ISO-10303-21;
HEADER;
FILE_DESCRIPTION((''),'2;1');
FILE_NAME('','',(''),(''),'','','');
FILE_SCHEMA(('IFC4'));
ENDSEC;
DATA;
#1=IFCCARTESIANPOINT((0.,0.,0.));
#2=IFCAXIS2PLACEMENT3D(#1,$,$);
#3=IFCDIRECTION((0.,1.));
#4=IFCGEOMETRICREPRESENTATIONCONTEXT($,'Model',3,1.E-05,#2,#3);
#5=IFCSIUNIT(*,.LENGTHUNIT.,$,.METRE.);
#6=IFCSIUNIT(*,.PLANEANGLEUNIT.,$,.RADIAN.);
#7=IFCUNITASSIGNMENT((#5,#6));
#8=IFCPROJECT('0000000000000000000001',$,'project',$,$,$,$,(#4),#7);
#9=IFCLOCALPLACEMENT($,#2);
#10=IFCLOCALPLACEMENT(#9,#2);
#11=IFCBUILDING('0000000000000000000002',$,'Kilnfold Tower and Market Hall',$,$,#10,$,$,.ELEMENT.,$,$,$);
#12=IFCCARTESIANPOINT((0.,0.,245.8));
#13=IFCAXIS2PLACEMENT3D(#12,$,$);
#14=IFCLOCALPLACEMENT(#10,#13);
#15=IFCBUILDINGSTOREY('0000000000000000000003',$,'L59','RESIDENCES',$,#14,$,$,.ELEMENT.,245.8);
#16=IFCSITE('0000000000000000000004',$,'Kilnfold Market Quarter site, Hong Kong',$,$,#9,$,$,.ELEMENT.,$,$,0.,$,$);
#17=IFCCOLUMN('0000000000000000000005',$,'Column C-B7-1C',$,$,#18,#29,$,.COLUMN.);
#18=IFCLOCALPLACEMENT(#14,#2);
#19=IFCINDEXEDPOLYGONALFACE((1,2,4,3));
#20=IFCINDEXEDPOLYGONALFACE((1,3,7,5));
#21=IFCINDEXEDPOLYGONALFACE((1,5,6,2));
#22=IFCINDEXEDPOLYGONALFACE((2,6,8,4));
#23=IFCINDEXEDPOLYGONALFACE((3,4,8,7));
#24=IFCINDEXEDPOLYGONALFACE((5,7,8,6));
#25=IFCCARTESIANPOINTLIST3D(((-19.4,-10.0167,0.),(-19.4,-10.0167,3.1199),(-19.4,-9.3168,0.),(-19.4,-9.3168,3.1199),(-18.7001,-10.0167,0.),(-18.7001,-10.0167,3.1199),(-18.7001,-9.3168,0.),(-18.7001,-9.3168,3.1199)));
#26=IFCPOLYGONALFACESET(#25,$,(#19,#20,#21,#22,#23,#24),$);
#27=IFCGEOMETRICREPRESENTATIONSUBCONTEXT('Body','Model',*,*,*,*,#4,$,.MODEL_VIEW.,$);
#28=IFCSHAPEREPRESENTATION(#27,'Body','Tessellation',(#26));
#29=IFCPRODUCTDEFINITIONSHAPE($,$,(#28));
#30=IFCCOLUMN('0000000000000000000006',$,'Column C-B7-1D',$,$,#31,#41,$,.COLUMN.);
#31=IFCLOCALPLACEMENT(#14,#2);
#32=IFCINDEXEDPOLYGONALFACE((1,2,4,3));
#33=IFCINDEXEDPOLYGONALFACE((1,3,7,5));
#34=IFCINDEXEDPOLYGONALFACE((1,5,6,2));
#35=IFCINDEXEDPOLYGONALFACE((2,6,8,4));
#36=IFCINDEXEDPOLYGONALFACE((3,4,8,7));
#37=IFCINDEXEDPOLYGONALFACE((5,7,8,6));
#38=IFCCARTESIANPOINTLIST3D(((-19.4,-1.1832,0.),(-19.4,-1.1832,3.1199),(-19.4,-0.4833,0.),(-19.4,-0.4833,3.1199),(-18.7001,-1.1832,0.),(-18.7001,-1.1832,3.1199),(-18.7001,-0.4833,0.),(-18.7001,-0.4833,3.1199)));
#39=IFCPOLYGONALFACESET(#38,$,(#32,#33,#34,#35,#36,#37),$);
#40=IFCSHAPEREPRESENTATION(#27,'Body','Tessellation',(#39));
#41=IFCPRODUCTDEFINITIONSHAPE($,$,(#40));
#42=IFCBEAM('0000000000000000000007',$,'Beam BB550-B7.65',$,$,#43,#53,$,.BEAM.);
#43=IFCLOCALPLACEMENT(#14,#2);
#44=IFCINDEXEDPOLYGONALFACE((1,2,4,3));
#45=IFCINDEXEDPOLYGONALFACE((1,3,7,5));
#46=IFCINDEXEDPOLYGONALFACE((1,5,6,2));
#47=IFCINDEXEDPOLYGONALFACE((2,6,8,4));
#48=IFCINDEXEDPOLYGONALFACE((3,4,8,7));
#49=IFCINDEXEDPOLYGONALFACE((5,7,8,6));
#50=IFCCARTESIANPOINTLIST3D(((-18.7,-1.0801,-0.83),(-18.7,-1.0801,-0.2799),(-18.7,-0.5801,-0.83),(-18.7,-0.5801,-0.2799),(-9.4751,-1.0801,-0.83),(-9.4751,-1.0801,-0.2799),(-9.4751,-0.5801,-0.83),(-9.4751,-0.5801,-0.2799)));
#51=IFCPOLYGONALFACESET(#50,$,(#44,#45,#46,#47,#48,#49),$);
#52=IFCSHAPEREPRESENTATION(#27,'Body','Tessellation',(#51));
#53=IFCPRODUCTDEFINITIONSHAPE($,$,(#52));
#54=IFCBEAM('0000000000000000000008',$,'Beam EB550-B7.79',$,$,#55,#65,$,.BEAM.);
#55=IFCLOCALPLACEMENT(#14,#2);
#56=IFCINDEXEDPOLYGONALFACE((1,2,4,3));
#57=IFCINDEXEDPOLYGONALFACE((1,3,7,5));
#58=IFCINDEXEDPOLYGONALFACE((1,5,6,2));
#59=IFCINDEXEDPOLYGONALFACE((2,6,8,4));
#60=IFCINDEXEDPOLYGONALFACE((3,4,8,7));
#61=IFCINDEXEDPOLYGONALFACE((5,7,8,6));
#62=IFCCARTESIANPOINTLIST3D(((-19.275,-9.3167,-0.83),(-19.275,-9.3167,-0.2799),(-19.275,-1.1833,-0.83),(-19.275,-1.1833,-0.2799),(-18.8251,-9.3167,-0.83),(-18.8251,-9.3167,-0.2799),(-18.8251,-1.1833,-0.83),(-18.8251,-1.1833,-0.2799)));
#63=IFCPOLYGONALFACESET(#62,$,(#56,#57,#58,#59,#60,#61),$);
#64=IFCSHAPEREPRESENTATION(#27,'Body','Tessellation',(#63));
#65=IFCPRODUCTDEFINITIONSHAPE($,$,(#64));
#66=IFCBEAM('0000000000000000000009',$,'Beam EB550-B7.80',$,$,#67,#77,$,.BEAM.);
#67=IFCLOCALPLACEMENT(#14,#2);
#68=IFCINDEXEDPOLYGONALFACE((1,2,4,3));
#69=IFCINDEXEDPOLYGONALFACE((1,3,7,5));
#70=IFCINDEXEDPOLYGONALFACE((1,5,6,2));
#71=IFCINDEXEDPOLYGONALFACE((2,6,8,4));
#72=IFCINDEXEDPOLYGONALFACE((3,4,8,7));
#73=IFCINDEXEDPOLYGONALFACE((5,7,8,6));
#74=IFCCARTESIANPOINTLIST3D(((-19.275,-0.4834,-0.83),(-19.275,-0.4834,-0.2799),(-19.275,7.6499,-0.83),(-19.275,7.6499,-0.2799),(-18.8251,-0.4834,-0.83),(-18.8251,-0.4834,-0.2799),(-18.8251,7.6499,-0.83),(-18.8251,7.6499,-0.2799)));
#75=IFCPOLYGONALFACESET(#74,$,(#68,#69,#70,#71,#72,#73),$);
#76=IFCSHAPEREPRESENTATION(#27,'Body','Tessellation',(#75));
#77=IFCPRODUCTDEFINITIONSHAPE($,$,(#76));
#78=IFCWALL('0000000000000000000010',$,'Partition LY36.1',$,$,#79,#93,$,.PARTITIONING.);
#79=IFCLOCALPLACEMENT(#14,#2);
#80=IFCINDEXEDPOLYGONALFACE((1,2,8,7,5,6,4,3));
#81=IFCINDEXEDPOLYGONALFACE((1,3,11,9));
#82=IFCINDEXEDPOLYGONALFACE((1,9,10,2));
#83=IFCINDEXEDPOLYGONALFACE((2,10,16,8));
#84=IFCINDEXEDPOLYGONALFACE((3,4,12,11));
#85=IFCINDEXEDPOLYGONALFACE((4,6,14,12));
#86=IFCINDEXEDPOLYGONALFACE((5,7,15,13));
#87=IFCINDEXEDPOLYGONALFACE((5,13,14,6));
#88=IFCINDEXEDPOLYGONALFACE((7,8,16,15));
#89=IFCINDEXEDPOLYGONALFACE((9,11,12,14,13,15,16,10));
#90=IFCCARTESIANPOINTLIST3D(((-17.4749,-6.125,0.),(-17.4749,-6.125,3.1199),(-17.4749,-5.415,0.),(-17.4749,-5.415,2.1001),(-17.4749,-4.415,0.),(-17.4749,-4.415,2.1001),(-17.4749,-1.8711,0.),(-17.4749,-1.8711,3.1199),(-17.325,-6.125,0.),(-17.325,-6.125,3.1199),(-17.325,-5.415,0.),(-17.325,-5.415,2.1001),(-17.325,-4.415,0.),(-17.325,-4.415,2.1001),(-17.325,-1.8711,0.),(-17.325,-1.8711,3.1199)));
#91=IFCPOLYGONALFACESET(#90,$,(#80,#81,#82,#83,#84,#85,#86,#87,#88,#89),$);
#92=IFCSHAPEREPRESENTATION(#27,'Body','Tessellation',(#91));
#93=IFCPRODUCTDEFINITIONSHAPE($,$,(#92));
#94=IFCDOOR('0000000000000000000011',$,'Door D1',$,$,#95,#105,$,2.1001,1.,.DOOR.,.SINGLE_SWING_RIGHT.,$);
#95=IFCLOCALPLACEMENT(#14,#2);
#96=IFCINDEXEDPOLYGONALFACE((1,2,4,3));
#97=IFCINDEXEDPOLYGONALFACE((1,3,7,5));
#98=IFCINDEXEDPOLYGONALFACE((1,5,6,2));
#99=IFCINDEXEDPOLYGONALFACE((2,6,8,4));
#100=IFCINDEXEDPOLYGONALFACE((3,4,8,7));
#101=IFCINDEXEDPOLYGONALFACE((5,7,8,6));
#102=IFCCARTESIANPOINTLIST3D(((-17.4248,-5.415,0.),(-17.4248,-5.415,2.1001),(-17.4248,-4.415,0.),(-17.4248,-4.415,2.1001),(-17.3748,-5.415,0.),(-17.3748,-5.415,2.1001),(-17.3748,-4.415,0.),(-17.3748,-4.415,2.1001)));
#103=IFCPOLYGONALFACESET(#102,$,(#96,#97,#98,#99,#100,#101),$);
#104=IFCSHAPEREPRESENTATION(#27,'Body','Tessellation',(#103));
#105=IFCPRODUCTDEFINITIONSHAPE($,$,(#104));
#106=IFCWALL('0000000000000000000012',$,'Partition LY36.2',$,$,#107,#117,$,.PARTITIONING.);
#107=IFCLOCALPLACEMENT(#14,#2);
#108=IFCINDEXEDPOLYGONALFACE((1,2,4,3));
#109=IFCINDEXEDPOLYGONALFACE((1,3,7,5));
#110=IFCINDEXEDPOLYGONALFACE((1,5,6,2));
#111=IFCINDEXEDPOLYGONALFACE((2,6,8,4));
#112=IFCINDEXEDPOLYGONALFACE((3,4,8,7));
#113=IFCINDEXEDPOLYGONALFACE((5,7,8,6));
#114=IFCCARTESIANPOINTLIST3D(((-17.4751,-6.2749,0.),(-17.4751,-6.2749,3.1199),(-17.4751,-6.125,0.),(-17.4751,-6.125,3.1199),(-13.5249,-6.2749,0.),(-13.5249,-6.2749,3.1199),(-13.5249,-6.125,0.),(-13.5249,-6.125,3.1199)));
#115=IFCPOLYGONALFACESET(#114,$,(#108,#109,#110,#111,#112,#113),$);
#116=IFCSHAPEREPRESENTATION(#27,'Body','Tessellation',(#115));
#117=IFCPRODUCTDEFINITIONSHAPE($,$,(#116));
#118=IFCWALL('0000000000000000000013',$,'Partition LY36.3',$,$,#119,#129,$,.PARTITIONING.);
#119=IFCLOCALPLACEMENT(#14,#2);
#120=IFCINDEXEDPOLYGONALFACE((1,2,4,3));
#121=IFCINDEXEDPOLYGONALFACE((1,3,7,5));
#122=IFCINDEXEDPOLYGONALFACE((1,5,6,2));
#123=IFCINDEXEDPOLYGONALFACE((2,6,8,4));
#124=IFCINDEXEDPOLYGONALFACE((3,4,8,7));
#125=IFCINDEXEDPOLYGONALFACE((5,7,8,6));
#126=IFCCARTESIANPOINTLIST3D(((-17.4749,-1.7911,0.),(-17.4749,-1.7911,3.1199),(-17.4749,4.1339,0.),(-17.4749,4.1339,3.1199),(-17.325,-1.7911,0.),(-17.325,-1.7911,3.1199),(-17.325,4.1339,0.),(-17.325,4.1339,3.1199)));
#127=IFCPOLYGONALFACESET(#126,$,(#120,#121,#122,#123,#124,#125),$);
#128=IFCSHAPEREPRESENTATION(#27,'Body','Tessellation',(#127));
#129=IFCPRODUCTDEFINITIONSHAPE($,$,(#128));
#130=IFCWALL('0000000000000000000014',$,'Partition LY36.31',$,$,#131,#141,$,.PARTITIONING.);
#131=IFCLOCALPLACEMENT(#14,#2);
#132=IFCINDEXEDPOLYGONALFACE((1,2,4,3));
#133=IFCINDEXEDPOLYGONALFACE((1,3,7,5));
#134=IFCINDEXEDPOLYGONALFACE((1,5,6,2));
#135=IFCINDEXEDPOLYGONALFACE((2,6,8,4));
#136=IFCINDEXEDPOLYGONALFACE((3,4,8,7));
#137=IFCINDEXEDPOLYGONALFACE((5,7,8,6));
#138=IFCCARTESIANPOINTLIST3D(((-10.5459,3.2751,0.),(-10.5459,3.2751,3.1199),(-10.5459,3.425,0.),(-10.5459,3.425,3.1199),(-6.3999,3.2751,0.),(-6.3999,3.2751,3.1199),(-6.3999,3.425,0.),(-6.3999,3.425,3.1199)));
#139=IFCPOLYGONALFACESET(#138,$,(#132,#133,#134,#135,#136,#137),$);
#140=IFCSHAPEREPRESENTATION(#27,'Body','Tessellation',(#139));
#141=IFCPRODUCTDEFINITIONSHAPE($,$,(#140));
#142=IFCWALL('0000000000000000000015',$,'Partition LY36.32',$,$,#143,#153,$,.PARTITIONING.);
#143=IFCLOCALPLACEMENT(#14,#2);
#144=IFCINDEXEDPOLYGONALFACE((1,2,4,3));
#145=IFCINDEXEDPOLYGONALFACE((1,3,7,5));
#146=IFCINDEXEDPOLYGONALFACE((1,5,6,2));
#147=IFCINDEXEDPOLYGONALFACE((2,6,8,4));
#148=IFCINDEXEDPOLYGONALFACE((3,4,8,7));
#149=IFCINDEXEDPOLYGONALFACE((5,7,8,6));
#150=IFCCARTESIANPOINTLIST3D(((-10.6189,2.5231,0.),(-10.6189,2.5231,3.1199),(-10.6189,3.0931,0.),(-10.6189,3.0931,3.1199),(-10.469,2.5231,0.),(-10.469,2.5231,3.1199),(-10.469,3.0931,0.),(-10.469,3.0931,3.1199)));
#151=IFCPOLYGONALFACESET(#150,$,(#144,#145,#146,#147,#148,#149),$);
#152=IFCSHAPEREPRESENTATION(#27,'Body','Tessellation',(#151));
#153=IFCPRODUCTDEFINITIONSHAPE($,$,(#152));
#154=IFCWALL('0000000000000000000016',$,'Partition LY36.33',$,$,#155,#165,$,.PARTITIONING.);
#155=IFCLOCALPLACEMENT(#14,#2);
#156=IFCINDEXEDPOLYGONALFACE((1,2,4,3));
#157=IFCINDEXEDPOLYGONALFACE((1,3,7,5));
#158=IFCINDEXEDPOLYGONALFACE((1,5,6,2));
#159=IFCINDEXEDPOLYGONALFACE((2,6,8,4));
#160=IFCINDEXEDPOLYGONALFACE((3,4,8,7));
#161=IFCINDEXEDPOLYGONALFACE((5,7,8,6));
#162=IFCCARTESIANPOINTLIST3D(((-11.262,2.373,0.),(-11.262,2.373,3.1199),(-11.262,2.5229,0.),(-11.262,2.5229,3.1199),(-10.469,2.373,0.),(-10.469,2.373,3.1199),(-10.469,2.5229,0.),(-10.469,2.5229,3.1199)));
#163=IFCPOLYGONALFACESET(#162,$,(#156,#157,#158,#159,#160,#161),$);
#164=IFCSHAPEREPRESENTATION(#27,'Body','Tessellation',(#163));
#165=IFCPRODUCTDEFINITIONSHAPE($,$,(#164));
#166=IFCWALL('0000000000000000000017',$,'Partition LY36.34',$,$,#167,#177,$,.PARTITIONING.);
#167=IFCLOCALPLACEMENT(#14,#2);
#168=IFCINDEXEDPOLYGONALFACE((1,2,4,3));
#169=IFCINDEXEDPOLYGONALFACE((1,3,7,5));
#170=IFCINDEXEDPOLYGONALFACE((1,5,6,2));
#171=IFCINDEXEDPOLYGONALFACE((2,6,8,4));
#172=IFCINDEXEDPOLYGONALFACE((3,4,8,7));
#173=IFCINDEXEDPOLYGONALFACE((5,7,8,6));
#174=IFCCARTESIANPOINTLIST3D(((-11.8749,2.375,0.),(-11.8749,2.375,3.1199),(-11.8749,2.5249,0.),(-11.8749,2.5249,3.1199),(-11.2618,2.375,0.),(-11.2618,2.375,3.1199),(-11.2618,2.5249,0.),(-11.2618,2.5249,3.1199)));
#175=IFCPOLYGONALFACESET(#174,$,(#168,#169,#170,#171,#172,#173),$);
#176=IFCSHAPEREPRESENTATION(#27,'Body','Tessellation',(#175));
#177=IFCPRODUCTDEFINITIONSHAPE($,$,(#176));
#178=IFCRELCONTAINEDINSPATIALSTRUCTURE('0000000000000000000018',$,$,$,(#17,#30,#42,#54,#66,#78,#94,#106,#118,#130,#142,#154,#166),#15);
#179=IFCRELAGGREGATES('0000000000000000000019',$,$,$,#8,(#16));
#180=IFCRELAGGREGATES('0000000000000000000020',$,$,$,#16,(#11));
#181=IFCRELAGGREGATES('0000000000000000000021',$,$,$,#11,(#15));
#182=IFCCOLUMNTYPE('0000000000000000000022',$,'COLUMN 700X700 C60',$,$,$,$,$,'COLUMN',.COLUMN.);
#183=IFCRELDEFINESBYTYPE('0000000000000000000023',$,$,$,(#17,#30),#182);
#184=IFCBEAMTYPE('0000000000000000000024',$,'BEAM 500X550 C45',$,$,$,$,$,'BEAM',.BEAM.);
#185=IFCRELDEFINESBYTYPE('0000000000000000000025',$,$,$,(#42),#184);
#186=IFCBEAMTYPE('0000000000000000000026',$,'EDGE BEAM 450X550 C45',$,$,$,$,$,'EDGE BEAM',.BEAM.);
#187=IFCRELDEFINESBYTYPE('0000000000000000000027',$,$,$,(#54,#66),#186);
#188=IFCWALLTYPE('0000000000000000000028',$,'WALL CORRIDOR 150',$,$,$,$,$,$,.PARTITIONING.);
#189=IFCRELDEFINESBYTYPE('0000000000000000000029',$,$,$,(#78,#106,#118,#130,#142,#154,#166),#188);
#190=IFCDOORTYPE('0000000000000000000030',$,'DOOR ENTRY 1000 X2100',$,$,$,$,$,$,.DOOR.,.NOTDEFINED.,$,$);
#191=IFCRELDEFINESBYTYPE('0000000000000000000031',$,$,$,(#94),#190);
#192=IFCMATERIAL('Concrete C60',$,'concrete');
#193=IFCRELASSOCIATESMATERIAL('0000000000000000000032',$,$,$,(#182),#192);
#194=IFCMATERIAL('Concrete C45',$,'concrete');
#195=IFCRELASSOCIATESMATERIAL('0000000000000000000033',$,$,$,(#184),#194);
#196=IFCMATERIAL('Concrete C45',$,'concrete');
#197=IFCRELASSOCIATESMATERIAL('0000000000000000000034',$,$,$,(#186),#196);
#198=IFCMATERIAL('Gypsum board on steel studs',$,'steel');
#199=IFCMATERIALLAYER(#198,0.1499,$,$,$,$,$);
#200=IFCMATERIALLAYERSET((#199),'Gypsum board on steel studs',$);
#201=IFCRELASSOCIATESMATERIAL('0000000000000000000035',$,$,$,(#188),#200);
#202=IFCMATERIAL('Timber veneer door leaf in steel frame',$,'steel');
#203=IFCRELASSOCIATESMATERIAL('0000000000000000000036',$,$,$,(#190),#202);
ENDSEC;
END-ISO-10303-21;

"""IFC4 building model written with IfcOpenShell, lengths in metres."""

from ifc_helpers import new_model, si_unit, direction, frame, frame_2d, origin, origin_2d, place, context, subcontext, project, spatial, rectangle, extrude, source, transform, mapped, material, layer, layer_set, material_profile, profile_set, type_object, element, fill, save


model = new_model("IFC4")

# Units and contexts
model_context = context("Model", 3, precision=1e-05, world=origin(), true_north=direction((0.0, 1.0)))
body_context = subcontext(model_context, "Body", "Model", "MODEL_VIEW")
ifc_project = project(units=[si_unit("LENGTHUNIT", "METRE"), si_unit("PLANEANGLEUNIT", "RADIAN")], contexts=[model_context])

# Site, building, storey
site_placement = place(None, origin())
site = spatial("IfcSite", under=ifc_project, at=site_placement, Name="Kilnfold Market Quarter site, Hong Kong", CompositionType="ELEMENT", RefElevation=0.0)
building_placement = place(site_placement, origin())
building = spatial("IfcBuilding", under=site, at=building_placement, Name="Kilnfold Tower and Market Hall", CompositionType="ELEMENT")
storey_placement = place(building_placement, frame((0.0, 0.0, 245.8)))
storey = spatial("IfcBuildingStorey", under=building, at=storey_placement, Name="L59", Description="RESIDENCES", CompositionType="ELEMENT", Elevation=245.8)

# Columns
ifc_material_1 = material(Name="Concrete C60", Category="concrete")
ifc_material_profile_1 = material_profile(ifc_material_1, rectangle(XDim=0.7, YDim=0.7, at=origin_2d()), Name="RC 700x700")
ifc_profile_set_1 = profile_set([ifc_material_profile_1], Name="Concrete C60")
column_type = type_object("IfcColumnType", Name="COLUMN 700X700 C60", ElementType="COLUMN", PredefinedType="COLUMN", material=ifc_profile_set_1)
shared_shape_1 = source(origin(), body_context, "Body", "SweptSolid", [
    extrude(rectangle(XDim=0.7, YDim=0.7, at=origin_2d()), origin(), (0.0, 0.0, 1.0), 3.1199),
])
for number, where, z_axis, x_axis, name in (
    (1, (-19.05, -9.6667, 0.0), (0.0, 0.0, 1.0), (1.0, 0.0, 0.0), "Column C-B7-1C"),
    (2, (-19.05, -0.8333, 0.0), (0.0, 0.0, 1.0), (1.0, 0.0, 0.0), "Column C-B7-1D"),
):
    element("IfcColumn", number, at=place(storey_placement, frame(where, z_axis=z_axis, x_axis=x_axis)), inside=storey, type_object=column_type, Name=name, PredefinedType="COLUMN", context=body_context, shape_type="MappedRepresentation", body=[
        mapped(shared_shape_1, transform((0.0, 0.0, 0.0))),
    ])

# Beams
ifc_material_2 = material(Name="Concrete C45", Category="concrete")
ifc_material_profile_2 = material_profile(ifc_material_2, rectangle(XDim=0.5, YDim=0.55, at=origin_2d()), Name="RC 500x550")
ifc_profile_set_2 = profile_set([ifc_material_profile_2], Name="Concrete C45")
beam_type_1 = type_object("IfcBeamType", Name="BEAM 500X550 C45", ElementType="BEAM", PredefinedType="BEAM", material=ifc_profile_set_2)
shared_shape_2 = source(origin(), body_context, "Body", "SweptSolid", [
    extrude(rectangle(XDim=0.5, YDim=0.55, at=origin_2d()), origin(), (0.0, 0.0, 1.0), 9.2249),
])
beam_placement = place(storey_placement, frame((-18.7, -0.8301, -0.5549), z_axis=(1.0, 0.0, 0.0), x_axis=(0.0, 1.0, 0.0)))
element("IfcBeam", 3, at=beam_placement, inside=storey, type_object=beam_type_1, Name="Beam BB550-B7.65", PredefinedType="BEAM", context=body_context, shape_type="MappedRepresentation", body=[
    mapped(shared_shape_2, transform((0.0, 0.0, 0.0))),
])
ifc_material_3 = material(Name="Concrete C45", Category="concrete")
ifc_material_profile_3 = material_profile(ifc_material_3, rectangle(XDim=0.45, YDim=0.55, at=origin_2d()), Name="RC 450x550")
ifc_profile_set_3 = profile_set([ifc_material_profile_3], Name="Concrete C45")
beam_type_2 = type_object("IfcBeamType", Name="EDGE BEAM 450X550 C45", ElementType="EDGE BEAM", PredefinedType="BEAM", material=ifc_profile_set_3)
shared_shape_3 = source(origin(), body_context, "Body", "SweptSolid", [
    extrude(rectangle(XDim=0.45, YDim=0.55, at=origin_2d()), origin(), (0.0, 0.0, 1.0), 8.1333),
])
for number, where, z_axis, x_axis, name in (
    (4, (-19.05, -9.3167, -0.5549), (0.0, 1.0, 0.0), (-1.0, 0.0, 0.0), "Beam EB550-B7.79"),
    (5, (-19.05, -0.4834, -0.5549), (0.0, 1.0, 0.0), (-1.0, 0.0, 0.0), "Beam EB550-B7.80"),
):
    element("IfcBeam", number, at=place(storey_placement, frame(where, z_axis=z_axis, x_axis=x_axis)), inside=storey, type_object=beam_type_2, Name=name, PredefinedType="BEAM", context=body_context, shape_type="MappedRepresentation", body=[
        mapped(shared_shape_3, transform((0.0, 0.0, 0.0))),
    ])

# Wall, opening, door
ifc_material_4 = material(Name="Gypsum board on steel studs", Category="steel")
ifc_layer_1 = layer(ifc_material_4, 0.1499)
ifc_layer_set_1 = layer_set([ifc_layer_1], Name="Gypsum board on steel studs")
wall_type_1 = type_object("IfcWallType", Name="WALL CORRIDOR 150", PredefinedType="PARTITIONING", material=ifc_layer_set_1)
wall_1_placement = place(storey_placement, frame((-17.3999, -6.125, 0.0), z_axis=(0.0, 0.0, 1.0), x_axis=(0.0, 1.0, 0.0)))
wall_1 = element("IfcWall", 6, at=wall_1_placement, inside=storey, type_object=wall_type_1, Name="Partition LY36.1", PredefinedType="PARTITIONING", context=body_context, shape_type="SweptSolid", body=[
    extrude(rectangle(XDim=4.2539, YDim=0.1499, at=frame_2d((2.127, 0.0))), origin(), (0.0, 0.0, 1.0), 3.1199),
])
opening_1_placement = place(wall_1_placement, frame((0.71, 0.0, 0.0)))
opening_1 = element("IfcOpeningElement", 7, at=opening_1_placement, cuts=wall_1, PredefinedType="OPENING", context=body_context, shape_type="SweptSolid", body=[
    extrude(rectangle(XDim=1.0, YDim=2.1001, at=frame_2d((0.5, 1.05))), frame((0.0, 0.085, 0.0), z_axis=(0.0, -1.0, 0.0), x_axis=(1.0, 0.0, 0.0)), (0.0, 0.0, 1.0), 0.1699),
])
ifc_material_5 = material(Name="Timber veneer door leaf in steel frame", Category="steel")
door_type_1 = type_object("IfcDoorType", Name="DOOR ENTRY 1000 X2100", OperationType="NOTDEFINED", PredefinedType="DOOR", material=ifc_material_5)
door_1_placement = place(opening_1_placement, origin())
door_1 = element("IfcDoor", 8, at=door_1_placement, inside=storey, type_object=door_type_1, Name="Door D1", OperationType="SINGLE_SWING_RIGHT", OverallHeight=2.1001, OverallWidth=1.0, PredefinedType="DOOR", context=body_context, shape_type="SweptSolid", body=[
    extrude(rectangle(XDim=1.0, YDim=2.1001, at=frame_2d((0.5, 1.05))), frame((0.0, 0.0249, 0.0), z_axis=(0.0, -1.0, 0.0), x_axis=(1.0, 0.0, 0.0)), (0.0, 0.0, 1.0), 0.05),
])
fill(opening_1, door_1)

# Walls
wall_2_placement = place(storey_placement, frame((-17.4751, -6.2, 0.0), z_axis=(0.0, 0.0, 1.0), x_axis=(1.0, 0.0, 0.0)))
element("IfcWall", 9, at=wall_2_placement, inside=storey, type_object=wall_type_1, Name="Partition LY36.2", PredefinedType="PARTITIONING", context=body_context, shape_type="SweptSolid", body=[
    extrude(rectangle(XDim=3.9502, YDim=0.1499, at=frame_2d((1.9751, 0.0))), origin(), (0.0, 0.0, 1.0), 3.1199),
])
wall_3_placement = place(storey_placement, frame((-17.3999, -1.791, 0.0), z_axis=(0.0, 0.0, 1.0), x_axis=(0.0, 1.0, 0.0)))
element("IfcWall", 10, at=wall_3_placement, inside=storey, type_object=wall_type_1, Name="Partition LY36.3", PredefinedType="PARTITIONING", context=body_context, shape_type="SweptSolid", body=[
    extrude(rectangle(XDim=5.925, YDim=0.1499, at=frame_2d((2.9624, 0.0))), origin(), (0.0, 0.0, 1.0), 3.1199),
])
wall_4_placement = place(storey_placement, frame((-10.5459, 3.3501, 0.0), z_axis=(0.0, 0.0, 1.0), x_axis=(1.0, 0.0, 0.0)))
element("IfcWall", 11, at=wall_4_placement, inside=storey, type_object=wall_type_1, Name="Partition LY36.31", PredefinedType="PARTITIONING", context=body_context, shape_type="SweptSolid", body=[
    extrude(rectangle(XDim=4.146, YDim=0.1499, at=frame_2d((2.073, 0.0))), origin(), (0.0, 0.0, 1.0), 3.1199),
])
wall_5_placement = place(storey_placement, frame((-10.5439, 2.5229, 0.0), z_axis=(0.0, 0.0, 1.0), x_axis=(0.0, 1.0, 0.0)))
element("IfcWall", 12, at=wall_5_placement, inside=storey, type_object=wall_type_1, Name="Partition LY36.32", PredefinedType="PARTITIONING", context=body_context, shape_type="SweptSolid", body=[
    extrude(rectangle(XDim=0.5701, YDim=0.1499, at=frame_2d((0.2852, 0.0))), origin(), (0.0, 0.0, 1.0), 3.1199),
])
wall_6_placement = place(storey_placement, frame((-11.262, 2.448, 0.0), z_axis=(0.0, 0.0, 1.0), x_axis=(1.0, 0.0, 0.0)))
element("IfcWall", 13, at=wall_6_placement, inside=storey, type_object=wall_type_1, Name="Partition LY36.33", PredefinedType="PARTITIONING", context=body_context, shape_type="SweptSolid", body=[
    extrude(rectangle(XDim=0.793, YDim=0.1499, at=frame_2d((0.3965, 0.0))), origin(), (0.0, 0.0, 1.0), 3.1199),
])
wall_7_placement = place(storey_placement, frame((-11.875, 2.45, 0.0), z_axis=(0.0, 0.0, 1.0), x_axis=(1.0, 0.0, 0.0)))
element("IfcWall", 14, at=wall_7_placement, inside=storey, type_object=wall_type_1, Name="Partition LY36.34", PredefinedType="PARTITIONING", context=body_context, shape_type="SweptSolid", body=[
    extrude(rectangle(XDim=0.613, YDim=0.1499, at=frame_2d((0.3066, 0.0))), origin(), (0.0, 0.0, 1.0), 3.1199),
])

save(model, "model.ifc")
